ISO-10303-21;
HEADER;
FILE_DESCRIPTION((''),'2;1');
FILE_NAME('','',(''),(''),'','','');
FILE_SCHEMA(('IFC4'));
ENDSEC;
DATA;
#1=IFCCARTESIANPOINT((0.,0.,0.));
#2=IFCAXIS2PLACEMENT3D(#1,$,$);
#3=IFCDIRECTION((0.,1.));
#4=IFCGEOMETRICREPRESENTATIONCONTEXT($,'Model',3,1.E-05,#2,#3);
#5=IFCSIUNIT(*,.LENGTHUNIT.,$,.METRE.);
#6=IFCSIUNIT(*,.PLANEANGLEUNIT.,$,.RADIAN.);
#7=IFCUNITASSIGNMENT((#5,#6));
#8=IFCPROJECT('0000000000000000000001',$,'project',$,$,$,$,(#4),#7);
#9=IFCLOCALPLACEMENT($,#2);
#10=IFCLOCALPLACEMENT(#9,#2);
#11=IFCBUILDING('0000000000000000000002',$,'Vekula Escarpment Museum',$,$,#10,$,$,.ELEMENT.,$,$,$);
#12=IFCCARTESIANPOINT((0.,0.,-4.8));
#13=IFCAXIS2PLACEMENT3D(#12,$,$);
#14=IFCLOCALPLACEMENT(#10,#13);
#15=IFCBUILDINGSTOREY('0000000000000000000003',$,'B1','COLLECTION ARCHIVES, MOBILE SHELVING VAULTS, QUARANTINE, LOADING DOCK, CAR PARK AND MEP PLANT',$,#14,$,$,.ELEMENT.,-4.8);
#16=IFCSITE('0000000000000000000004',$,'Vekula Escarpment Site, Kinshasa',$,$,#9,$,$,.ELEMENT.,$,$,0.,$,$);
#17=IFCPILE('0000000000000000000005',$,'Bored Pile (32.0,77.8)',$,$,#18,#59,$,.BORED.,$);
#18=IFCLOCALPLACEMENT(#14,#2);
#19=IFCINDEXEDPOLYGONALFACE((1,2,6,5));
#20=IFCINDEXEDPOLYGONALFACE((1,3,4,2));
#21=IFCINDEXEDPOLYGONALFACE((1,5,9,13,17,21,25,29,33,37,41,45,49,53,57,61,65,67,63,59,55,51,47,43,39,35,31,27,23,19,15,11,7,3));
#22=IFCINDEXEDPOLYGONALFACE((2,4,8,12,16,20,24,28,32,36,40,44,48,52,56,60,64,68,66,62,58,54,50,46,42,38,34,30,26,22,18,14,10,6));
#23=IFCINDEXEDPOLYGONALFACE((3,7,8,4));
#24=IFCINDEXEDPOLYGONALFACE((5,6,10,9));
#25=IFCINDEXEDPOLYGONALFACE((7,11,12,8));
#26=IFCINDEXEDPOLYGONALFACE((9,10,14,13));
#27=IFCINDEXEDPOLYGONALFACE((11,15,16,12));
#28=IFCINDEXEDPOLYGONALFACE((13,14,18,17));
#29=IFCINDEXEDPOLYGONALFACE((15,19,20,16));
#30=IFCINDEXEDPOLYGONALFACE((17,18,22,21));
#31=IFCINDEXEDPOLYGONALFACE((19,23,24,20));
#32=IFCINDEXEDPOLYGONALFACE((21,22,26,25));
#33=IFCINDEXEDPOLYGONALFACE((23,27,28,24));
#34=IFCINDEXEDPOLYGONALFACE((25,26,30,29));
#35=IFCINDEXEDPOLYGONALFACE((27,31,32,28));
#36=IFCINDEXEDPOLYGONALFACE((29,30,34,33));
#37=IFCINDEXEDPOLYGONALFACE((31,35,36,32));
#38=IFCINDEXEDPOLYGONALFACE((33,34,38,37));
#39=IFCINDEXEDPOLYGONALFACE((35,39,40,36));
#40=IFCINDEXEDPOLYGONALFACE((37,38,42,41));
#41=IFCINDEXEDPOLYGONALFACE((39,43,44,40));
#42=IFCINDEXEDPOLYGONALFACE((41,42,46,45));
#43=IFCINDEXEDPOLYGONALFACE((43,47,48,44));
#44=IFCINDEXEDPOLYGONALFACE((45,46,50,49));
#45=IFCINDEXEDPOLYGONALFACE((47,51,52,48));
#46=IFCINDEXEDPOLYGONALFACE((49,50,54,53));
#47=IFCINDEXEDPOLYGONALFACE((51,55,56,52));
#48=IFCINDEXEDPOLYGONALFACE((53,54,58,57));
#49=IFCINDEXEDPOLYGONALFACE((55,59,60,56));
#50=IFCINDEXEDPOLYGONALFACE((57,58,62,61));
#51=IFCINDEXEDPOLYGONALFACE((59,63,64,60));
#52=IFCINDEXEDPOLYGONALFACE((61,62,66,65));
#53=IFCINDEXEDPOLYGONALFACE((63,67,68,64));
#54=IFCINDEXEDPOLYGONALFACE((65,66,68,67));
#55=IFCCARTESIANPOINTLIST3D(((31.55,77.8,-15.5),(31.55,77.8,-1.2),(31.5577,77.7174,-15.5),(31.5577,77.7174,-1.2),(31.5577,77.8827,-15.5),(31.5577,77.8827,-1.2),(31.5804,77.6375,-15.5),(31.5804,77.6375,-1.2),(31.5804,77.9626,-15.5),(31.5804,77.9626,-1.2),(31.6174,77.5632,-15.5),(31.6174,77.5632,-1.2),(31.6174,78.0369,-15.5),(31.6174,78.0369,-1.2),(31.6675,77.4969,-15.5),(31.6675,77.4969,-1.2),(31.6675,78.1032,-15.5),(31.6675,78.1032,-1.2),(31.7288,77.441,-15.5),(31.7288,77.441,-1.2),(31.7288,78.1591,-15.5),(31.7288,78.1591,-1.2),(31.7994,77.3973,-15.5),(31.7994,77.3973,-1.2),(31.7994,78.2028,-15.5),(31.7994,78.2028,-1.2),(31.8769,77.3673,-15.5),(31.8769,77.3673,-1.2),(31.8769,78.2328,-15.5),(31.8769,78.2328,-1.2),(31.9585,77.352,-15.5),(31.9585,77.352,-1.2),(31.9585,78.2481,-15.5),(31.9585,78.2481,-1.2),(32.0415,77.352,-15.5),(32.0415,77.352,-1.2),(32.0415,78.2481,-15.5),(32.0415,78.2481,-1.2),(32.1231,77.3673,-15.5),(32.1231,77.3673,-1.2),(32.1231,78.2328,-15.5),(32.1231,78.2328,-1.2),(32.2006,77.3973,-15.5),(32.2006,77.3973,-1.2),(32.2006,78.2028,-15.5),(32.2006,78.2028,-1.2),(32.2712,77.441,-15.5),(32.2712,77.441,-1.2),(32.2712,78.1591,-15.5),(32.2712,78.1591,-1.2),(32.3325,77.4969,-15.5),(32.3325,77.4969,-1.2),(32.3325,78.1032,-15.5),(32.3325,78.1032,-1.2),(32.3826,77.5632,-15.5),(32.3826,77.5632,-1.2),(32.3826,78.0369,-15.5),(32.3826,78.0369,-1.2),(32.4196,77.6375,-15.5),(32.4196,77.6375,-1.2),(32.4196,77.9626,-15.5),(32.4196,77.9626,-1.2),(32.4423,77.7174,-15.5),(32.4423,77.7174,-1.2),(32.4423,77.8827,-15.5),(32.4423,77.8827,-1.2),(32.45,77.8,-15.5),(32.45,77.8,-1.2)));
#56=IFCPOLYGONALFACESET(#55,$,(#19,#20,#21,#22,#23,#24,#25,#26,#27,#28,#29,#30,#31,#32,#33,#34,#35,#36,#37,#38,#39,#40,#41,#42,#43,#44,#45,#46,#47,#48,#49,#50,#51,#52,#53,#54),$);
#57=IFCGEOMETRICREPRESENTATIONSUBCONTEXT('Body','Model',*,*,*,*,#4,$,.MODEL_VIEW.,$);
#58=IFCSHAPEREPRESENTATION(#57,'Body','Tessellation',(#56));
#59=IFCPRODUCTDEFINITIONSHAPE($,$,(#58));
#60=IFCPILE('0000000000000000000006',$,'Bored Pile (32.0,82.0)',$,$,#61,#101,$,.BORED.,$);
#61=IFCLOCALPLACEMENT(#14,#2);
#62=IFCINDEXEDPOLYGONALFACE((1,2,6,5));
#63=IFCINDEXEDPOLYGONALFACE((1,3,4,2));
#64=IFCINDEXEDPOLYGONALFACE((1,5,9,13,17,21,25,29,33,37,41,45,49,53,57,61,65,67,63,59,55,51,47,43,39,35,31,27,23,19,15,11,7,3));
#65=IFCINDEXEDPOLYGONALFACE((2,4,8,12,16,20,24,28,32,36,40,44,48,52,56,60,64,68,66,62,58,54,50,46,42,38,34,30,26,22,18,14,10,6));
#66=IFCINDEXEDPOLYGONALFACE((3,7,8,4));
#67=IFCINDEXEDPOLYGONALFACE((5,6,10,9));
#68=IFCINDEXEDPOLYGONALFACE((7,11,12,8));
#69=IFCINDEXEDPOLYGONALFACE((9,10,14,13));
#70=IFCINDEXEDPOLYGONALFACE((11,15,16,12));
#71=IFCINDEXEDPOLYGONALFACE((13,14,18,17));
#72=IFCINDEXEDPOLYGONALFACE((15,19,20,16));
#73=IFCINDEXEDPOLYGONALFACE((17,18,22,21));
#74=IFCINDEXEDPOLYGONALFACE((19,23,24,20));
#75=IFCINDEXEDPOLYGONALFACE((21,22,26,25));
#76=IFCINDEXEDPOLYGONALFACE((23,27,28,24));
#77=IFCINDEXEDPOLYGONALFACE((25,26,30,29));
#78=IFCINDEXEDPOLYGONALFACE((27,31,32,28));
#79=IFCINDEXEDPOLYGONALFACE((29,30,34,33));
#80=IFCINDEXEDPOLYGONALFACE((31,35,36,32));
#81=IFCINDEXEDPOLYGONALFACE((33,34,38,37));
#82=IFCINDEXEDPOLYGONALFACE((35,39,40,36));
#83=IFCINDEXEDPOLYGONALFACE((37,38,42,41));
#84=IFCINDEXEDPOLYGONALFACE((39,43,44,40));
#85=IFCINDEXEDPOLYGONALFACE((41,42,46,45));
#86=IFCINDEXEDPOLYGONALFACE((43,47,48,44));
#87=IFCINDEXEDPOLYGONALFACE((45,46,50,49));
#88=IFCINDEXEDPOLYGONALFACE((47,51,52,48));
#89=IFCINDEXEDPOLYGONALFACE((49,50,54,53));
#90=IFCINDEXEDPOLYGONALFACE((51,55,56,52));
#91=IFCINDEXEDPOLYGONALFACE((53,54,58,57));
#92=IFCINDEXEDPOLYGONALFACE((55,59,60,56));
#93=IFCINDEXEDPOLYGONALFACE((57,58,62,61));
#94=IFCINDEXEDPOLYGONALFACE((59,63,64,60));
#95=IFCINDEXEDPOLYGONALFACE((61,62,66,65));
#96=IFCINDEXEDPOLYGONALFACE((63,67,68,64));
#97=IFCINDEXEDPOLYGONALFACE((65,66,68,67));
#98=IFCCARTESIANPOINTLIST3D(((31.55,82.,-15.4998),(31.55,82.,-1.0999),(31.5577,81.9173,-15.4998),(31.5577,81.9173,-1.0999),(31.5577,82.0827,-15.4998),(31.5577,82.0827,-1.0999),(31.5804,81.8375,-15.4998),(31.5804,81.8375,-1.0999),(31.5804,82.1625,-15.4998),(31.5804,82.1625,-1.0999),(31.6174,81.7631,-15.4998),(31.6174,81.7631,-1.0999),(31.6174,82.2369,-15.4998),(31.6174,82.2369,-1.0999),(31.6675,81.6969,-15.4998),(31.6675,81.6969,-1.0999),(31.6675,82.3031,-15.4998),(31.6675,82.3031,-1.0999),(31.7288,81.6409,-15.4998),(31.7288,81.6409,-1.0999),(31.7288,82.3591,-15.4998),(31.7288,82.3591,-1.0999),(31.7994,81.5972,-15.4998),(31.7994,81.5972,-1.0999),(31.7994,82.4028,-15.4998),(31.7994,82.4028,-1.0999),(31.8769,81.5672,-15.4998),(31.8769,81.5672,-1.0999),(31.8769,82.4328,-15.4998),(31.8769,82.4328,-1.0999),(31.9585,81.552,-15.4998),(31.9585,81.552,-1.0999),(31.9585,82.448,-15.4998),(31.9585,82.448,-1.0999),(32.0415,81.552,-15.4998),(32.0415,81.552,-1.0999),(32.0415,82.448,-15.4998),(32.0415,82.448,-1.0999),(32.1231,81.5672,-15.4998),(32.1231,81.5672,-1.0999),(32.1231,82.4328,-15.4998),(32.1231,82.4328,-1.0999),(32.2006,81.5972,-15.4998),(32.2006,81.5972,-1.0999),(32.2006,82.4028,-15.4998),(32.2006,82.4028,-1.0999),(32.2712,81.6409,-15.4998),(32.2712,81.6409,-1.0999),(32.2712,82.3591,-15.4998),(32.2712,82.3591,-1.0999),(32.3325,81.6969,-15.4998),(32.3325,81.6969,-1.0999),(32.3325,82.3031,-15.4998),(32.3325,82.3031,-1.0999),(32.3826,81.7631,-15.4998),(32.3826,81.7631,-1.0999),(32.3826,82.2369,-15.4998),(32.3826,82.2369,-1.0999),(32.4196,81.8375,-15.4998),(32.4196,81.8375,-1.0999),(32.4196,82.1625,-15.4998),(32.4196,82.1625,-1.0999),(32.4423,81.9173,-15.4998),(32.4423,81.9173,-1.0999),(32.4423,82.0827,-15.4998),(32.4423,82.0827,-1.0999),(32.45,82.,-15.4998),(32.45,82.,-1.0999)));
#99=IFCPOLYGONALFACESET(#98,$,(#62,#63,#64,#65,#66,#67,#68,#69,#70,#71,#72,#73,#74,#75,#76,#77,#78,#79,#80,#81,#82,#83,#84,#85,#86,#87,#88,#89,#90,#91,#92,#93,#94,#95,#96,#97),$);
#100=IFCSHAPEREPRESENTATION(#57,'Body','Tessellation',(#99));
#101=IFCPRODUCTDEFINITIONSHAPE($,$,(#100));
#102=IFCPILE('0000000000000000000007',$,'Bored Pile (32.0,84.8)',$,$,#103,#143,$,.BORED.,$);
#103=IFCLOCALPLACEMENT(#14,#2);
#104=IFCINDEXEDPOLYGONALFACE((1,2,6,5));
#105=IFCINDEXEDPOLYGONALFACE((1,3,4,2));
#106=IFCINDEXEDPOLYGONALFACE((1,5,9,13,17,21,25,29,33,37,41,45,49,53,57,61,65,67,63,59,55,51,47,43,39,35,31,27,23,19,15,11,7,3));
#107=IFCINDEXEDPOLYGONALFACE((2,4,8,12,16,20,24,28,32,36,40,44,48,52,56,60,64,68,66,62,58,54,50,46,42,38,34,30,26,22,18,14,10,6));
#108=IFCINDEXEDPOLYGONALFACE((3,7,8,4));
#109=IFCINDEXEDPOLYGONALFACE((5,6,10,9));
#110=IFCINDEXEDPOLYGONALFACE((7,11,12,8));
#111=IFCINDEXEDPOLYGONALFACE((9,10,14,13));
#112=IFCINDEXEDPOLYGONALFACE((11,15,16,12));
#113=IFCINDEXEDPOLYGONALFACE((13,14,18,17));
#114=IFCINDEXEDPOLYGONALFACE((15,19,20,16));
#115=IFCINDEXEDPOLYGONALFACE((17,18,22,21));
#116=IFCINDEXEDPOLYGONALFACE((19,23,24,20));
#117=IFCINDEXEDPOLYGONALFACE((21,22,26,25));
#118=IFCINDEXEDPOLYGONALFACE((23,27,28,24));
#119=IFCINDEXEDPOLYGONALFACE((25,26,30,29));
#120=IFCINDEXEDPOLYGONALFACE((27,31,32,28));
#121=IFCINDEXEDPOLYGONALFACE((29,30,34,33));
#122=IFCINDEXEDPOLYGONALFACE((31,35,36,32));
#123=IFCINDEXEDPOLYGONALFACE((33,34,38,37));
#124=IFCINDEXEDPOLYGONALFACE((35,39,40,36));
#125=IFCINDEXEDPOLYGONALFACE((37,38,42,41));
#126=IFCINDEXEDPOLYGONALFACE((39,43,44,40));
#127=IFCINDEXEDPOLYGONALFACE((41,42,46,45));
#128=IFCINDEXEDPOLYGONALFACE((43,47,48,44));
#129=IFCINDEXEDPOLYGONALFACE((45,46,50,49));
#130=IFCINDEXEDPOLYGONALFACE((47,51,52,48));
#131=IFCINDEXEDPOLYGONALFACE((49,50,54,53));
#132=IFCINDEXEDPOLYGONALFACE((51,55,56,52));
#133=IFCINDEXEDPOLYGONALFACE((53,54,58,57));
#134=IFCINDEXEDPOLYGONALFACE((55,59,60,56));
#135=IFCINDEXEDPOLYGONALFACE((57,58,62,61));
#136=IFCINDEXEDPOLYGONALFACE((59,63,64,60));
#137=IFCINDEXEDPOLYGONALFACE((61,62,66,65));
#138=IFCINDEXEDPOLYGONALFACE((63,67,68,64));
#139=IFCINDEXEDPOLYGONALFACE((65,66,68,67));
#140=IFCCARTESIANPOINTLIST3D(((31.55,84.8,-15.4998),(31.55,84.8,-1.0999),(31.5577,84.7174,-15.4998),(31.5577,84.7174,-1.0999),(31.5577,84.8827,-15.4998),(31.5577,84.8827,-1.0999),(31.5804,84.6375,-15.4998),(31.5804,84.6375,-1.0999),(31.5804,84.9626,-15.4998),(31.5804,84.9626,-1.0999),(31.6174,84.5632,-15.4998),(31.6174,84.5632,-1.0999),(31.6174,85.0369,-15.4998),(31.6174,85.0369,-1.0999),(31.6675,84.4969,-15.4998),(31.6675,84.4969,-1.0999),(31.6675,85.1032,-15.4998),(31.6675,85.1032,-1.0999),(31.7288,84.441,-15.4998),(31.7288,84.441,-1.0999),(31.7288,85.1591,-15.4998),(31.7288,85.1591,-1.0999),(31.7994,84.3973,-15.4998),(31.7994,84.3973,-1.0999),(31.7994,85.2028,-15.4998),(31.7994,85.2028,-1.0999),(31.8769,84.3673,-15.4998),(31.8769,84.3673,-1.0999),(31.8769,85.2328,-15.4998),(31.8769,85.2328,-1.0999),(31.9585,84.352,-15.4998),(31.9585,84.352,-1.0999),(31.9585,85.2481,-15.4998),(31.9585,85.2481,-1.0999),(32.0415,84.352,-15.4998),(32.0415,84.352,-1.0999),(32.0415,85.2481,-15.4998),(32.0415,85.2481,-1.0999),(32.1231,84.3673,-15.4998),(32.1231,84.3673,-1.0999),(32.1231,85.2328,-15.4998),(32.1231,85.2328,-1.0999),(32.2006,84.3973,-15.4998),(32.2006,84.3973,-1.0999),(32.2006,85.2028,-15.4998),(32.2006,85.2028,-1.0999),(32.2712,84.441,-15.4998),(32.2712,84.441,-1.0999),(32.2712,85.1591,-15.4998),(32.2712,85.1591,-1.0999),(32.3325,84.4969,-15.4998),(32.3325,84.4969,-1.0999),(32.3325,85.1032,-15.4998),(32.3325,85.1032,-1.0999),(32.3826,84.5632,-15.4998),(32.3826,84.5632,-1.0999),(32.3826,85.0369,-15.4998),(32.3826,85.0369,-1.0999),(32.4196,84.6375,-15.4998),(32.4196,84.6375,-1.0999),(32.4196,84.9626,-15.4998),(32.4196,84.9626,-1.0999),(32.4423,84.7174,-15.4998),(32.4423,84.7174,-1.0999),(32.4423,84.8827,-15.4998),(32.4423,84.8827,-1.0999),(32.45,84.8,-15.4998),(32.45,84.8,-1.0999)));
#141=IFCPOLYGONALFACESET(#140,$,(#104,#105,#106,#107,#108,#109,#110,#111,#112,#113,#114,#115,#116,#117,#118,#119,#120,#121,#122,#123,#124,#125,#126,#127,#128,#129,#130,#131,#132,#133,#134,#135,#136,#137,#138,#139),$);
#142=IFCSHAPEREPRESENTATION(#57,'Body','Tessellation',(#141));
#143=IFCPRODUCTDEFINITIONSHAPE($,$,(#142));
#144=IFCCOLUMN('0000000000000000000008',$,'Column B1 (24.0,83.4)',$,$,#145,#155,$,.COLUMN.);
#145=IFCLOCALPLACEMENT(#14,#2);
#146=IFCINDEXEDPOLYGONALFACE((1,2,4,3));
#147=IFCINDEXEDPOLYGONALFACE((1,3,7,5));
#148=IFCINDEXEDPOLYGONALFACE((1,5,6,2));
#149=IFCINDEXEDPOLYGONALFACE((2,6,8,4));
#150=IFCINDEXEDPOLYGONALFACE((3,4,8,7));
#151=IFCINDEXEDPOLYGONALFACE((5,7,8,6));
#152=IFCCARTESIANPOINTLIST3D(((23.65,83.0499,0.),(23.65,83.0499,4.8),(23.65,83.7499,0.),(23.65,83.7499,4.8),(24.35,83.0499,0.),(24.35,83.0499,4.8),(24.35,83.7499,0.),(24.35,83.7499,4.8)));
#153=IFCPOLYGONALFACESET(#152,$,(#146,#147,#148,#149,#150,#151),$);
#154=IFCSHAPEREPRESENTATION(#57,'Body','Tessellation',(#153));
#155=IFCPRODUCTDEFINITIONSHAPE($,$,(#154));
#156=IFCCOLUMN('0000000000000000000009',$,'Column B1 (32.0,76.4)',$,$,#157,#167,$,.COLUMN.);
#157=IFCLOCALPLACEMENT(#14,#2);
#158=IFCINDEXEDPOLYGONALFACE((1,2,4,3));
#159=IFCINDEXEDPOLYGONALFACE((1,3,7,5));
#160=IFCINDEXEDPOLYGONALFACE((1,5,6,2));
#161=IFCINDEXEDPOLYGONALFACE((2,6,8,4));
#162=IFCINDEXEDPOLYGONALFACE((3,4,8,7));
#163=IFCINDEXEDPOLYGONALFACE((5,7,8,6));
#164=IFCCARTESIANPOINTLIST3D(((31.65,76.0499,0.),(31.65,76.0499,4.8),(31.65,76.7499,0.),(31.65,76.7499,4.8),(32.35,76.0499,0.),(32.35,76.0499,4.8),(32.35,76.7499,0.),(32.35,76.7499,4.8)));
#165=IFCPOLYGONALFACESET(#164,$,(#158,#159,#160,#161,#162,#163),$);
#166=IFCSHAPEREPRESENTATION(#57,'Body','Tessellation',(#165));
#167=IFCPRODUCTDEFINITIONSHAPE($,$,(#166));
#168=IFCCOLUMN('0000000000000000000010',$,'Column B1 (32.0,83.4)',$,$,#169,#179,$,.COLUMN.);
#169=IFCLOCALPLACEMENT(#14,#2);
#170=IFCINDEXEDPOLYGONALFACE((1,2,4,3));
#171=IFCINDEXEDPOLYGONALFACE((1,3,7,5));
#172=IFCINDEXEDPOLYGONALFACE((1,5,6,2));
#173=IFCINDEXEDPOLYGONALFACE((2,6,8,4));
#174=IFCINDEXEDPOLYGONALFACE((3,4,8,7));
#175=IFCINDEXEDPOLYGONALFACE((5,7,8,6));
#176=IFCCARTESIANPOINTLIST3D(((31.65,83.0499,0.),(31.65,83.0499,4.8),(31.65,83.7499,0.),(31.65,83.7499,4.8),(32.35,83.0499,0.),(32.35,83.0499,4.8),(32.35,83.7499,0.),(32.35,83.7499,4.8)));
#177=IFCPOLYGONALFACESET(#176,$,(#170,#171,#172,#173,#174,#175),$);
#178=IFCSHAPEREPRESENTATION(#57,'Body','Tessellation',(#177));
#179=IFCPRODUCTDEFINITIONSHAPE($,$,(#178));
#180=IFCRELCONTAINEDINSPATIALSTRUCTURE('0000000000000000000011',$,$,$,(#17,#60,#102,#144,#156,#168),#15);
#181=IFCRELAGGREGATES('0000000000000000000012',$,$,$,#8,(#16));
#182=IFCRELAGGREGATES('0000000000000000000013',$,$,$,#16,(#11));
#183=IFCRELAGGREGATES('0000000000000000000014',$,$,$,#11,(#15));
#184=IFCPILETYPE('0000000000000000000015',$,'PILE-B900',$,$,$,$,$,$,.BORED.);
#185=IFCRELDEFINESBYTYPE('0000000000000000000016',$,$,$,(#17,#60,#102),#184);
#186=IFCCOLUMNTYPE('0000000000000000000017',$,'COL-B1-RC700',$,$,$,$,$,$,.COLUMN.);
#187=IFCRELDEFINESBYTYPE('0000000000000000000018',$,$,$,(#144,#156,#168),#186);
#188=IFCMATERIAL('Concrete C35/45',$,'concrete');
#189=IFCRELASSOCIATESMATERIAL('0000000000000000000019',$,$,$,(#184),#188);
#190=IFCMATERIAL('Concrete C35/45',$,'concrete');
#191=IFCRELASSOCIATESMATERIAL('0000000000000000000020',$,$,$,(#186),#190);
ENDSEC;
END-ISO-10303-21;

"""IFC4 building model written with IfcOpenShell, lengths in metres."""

from ifc_helpers import new_model, si_unit, direction, frame, origin, origin_2d, place, context, subcontext, project, spatial, rectangle, circle, extrude, material, material_profile, profile_set, type_object, element, save


model = new_model("IFC4")

# Units and contexts
model_context = context("Model", 3, precision=1e-05, world=origin(), true_north=direction((0.0, 1.0)))
body_context = subcontext(model_context, "Body", "Model", "MODEL_VIEW")
ifc_project = project(units=[si_unit("LENGTHUNIT", "METRE"), si_unit("PLANEANGLEUNIT", "RADIAN")], contexts=[model_context])

# Site, building, storey
site_placement = place(None, origin())
site = spatial("IfcSite", under=ifc_project, at=site_placement, Name="Vekula Escarpment Site, Kinshasa", CompositionType="ELEMENT", RefElevation=0.0)
building_placement = place(site_placement, origin())
building = spatial("IfcBuilding", under=site, at=building_placement, Name="Vekula Escarpment Museum", CompositionType="ELEMENT")
storey_placement = place(building_placement, frame((0.0, 0.0, -4.8)))
storey = spatial("IfcBuildingStorey", under=building, at=storey_placement, Name="B1", Description="COLLECTION ARCHIVES, MOBILE SHELVING VAULTS, QUARANTINE, LOADING DOCK, CAR PARK AND MEP PLANT", CompositionType="ELEMENT", Elevation=-4.8)

# Piles
ifc_material_1 = material(Name="Concrete C35/45", Category="concrete")
ifc_material_profile_1 = material_profile(ifc_material_1, circle(Radius=0.45, at=origin_2d()), Name="BORED PILE 900")
ifc_profile_set_1 = profile_set([ifc_material_profile_1], Name="Concrete C35/45")
pile_type = type_object("IfcPileType", Name="PILE-B900", PredefinedType="BORED", material=ifc_profile_set_1)
for number, where, z_axis, x_axis, name in (
    (1, (32.0, 77.8, -1.2), (0.0, 0.0, -1.0), (1.0, 0.0, 0.0), "Bored Pile (32.0,77.8)"),
):
    element("IfcPile", number, at=place(storey_placement, frame(where, z_axis=z_axis, x_axis=x_axis)), inside=storey, type_object=pile_type, Name=name, PredefinedType="BORED", context=body_context, shape_type="SweptSolid", body=[
        extrude(circle(Radius=0.45, at=origin_2d()), origin(), (0.0, 0.0, 1.0), 14.3),
    ])
for number, where, z_axis, x_axis, name in (
    (2, (32.0, 82.0, -1.0999), (0.0, 0.0, -1.0), (1.0, 0.0, 0.0), "Bored Pile (32.0,82.0)"),
    (3, (32.0, 84.8, -1.0999), (0.0, 0.0, -1.0), (1.0, 0.0, 0.0), "Bored Pile (32.0,84.8)"),
):
    element("IfcPile", number, at=place(storey_placement, frame(where, z_axis=z_axis, x_axis=x_axis)), inside=storey, type_object=pile_type, Name=name, PredefinedType="BORED", context=body_context, shape_type="SweptSolid", body=[
        extrude(circle(Radius=0.45, at=origin_2d()), origin(), (0.0, 0.0, 1.0), 14.3999),
    ])

# Columns
ifc_material_2 = material(Name="Concrete C35/45", Category="concrete")
ifc_material_profile_2 = material_profile(ifc_material_2, rectangle(XDim=0.7, YDim=0.7, at=origin_2d()), Name="RC 700x700")
ifc_profile_set_2 = profile_set([ifc_material_profile_2], Name="Concrete C35/45")
column_type = type_object("IfcColumnType", Name="COL-B1-RC700", PredefinedType="COLUMN", material=ifc_profile_set_2)
for number, where, z_axis, x_axis, name in (
    (4, (24.0, 83.3999, 0.0), (0.0, 0.0, 1.0), (1.0, 0.0, 0.0), "Column B1 (24.0,83.4)"),
    (5, (32.0, 76.3999, 0.0), (0.0, 0.0, 1.0), (1.0, 0.0, 0.0), "Column B1 (32.0,76.4)"),
    (6, (32.0, 83.3999, 0.0), (0.0, 0.0, 1.0), (1.0, 0.0, 0.0), "Column B1 (32.0,83.4)"),
):
    element("IfcColumn", number, at=place(storey_placement, frame(where, z_axis=z_axis, x_axis=x_axis)), inside=storey, type_object=column_type, Name=name, PredefinedType="COLUMN", context=body_context, shape_type="SweptSolid", body=[
        extrude(rectangle(XDim=0.7, YDim=0.7, at=origin_2d()), origin(), (0.0, 0.0, 1.0), 4.8),
    ])

save(model, "model.ifc")
